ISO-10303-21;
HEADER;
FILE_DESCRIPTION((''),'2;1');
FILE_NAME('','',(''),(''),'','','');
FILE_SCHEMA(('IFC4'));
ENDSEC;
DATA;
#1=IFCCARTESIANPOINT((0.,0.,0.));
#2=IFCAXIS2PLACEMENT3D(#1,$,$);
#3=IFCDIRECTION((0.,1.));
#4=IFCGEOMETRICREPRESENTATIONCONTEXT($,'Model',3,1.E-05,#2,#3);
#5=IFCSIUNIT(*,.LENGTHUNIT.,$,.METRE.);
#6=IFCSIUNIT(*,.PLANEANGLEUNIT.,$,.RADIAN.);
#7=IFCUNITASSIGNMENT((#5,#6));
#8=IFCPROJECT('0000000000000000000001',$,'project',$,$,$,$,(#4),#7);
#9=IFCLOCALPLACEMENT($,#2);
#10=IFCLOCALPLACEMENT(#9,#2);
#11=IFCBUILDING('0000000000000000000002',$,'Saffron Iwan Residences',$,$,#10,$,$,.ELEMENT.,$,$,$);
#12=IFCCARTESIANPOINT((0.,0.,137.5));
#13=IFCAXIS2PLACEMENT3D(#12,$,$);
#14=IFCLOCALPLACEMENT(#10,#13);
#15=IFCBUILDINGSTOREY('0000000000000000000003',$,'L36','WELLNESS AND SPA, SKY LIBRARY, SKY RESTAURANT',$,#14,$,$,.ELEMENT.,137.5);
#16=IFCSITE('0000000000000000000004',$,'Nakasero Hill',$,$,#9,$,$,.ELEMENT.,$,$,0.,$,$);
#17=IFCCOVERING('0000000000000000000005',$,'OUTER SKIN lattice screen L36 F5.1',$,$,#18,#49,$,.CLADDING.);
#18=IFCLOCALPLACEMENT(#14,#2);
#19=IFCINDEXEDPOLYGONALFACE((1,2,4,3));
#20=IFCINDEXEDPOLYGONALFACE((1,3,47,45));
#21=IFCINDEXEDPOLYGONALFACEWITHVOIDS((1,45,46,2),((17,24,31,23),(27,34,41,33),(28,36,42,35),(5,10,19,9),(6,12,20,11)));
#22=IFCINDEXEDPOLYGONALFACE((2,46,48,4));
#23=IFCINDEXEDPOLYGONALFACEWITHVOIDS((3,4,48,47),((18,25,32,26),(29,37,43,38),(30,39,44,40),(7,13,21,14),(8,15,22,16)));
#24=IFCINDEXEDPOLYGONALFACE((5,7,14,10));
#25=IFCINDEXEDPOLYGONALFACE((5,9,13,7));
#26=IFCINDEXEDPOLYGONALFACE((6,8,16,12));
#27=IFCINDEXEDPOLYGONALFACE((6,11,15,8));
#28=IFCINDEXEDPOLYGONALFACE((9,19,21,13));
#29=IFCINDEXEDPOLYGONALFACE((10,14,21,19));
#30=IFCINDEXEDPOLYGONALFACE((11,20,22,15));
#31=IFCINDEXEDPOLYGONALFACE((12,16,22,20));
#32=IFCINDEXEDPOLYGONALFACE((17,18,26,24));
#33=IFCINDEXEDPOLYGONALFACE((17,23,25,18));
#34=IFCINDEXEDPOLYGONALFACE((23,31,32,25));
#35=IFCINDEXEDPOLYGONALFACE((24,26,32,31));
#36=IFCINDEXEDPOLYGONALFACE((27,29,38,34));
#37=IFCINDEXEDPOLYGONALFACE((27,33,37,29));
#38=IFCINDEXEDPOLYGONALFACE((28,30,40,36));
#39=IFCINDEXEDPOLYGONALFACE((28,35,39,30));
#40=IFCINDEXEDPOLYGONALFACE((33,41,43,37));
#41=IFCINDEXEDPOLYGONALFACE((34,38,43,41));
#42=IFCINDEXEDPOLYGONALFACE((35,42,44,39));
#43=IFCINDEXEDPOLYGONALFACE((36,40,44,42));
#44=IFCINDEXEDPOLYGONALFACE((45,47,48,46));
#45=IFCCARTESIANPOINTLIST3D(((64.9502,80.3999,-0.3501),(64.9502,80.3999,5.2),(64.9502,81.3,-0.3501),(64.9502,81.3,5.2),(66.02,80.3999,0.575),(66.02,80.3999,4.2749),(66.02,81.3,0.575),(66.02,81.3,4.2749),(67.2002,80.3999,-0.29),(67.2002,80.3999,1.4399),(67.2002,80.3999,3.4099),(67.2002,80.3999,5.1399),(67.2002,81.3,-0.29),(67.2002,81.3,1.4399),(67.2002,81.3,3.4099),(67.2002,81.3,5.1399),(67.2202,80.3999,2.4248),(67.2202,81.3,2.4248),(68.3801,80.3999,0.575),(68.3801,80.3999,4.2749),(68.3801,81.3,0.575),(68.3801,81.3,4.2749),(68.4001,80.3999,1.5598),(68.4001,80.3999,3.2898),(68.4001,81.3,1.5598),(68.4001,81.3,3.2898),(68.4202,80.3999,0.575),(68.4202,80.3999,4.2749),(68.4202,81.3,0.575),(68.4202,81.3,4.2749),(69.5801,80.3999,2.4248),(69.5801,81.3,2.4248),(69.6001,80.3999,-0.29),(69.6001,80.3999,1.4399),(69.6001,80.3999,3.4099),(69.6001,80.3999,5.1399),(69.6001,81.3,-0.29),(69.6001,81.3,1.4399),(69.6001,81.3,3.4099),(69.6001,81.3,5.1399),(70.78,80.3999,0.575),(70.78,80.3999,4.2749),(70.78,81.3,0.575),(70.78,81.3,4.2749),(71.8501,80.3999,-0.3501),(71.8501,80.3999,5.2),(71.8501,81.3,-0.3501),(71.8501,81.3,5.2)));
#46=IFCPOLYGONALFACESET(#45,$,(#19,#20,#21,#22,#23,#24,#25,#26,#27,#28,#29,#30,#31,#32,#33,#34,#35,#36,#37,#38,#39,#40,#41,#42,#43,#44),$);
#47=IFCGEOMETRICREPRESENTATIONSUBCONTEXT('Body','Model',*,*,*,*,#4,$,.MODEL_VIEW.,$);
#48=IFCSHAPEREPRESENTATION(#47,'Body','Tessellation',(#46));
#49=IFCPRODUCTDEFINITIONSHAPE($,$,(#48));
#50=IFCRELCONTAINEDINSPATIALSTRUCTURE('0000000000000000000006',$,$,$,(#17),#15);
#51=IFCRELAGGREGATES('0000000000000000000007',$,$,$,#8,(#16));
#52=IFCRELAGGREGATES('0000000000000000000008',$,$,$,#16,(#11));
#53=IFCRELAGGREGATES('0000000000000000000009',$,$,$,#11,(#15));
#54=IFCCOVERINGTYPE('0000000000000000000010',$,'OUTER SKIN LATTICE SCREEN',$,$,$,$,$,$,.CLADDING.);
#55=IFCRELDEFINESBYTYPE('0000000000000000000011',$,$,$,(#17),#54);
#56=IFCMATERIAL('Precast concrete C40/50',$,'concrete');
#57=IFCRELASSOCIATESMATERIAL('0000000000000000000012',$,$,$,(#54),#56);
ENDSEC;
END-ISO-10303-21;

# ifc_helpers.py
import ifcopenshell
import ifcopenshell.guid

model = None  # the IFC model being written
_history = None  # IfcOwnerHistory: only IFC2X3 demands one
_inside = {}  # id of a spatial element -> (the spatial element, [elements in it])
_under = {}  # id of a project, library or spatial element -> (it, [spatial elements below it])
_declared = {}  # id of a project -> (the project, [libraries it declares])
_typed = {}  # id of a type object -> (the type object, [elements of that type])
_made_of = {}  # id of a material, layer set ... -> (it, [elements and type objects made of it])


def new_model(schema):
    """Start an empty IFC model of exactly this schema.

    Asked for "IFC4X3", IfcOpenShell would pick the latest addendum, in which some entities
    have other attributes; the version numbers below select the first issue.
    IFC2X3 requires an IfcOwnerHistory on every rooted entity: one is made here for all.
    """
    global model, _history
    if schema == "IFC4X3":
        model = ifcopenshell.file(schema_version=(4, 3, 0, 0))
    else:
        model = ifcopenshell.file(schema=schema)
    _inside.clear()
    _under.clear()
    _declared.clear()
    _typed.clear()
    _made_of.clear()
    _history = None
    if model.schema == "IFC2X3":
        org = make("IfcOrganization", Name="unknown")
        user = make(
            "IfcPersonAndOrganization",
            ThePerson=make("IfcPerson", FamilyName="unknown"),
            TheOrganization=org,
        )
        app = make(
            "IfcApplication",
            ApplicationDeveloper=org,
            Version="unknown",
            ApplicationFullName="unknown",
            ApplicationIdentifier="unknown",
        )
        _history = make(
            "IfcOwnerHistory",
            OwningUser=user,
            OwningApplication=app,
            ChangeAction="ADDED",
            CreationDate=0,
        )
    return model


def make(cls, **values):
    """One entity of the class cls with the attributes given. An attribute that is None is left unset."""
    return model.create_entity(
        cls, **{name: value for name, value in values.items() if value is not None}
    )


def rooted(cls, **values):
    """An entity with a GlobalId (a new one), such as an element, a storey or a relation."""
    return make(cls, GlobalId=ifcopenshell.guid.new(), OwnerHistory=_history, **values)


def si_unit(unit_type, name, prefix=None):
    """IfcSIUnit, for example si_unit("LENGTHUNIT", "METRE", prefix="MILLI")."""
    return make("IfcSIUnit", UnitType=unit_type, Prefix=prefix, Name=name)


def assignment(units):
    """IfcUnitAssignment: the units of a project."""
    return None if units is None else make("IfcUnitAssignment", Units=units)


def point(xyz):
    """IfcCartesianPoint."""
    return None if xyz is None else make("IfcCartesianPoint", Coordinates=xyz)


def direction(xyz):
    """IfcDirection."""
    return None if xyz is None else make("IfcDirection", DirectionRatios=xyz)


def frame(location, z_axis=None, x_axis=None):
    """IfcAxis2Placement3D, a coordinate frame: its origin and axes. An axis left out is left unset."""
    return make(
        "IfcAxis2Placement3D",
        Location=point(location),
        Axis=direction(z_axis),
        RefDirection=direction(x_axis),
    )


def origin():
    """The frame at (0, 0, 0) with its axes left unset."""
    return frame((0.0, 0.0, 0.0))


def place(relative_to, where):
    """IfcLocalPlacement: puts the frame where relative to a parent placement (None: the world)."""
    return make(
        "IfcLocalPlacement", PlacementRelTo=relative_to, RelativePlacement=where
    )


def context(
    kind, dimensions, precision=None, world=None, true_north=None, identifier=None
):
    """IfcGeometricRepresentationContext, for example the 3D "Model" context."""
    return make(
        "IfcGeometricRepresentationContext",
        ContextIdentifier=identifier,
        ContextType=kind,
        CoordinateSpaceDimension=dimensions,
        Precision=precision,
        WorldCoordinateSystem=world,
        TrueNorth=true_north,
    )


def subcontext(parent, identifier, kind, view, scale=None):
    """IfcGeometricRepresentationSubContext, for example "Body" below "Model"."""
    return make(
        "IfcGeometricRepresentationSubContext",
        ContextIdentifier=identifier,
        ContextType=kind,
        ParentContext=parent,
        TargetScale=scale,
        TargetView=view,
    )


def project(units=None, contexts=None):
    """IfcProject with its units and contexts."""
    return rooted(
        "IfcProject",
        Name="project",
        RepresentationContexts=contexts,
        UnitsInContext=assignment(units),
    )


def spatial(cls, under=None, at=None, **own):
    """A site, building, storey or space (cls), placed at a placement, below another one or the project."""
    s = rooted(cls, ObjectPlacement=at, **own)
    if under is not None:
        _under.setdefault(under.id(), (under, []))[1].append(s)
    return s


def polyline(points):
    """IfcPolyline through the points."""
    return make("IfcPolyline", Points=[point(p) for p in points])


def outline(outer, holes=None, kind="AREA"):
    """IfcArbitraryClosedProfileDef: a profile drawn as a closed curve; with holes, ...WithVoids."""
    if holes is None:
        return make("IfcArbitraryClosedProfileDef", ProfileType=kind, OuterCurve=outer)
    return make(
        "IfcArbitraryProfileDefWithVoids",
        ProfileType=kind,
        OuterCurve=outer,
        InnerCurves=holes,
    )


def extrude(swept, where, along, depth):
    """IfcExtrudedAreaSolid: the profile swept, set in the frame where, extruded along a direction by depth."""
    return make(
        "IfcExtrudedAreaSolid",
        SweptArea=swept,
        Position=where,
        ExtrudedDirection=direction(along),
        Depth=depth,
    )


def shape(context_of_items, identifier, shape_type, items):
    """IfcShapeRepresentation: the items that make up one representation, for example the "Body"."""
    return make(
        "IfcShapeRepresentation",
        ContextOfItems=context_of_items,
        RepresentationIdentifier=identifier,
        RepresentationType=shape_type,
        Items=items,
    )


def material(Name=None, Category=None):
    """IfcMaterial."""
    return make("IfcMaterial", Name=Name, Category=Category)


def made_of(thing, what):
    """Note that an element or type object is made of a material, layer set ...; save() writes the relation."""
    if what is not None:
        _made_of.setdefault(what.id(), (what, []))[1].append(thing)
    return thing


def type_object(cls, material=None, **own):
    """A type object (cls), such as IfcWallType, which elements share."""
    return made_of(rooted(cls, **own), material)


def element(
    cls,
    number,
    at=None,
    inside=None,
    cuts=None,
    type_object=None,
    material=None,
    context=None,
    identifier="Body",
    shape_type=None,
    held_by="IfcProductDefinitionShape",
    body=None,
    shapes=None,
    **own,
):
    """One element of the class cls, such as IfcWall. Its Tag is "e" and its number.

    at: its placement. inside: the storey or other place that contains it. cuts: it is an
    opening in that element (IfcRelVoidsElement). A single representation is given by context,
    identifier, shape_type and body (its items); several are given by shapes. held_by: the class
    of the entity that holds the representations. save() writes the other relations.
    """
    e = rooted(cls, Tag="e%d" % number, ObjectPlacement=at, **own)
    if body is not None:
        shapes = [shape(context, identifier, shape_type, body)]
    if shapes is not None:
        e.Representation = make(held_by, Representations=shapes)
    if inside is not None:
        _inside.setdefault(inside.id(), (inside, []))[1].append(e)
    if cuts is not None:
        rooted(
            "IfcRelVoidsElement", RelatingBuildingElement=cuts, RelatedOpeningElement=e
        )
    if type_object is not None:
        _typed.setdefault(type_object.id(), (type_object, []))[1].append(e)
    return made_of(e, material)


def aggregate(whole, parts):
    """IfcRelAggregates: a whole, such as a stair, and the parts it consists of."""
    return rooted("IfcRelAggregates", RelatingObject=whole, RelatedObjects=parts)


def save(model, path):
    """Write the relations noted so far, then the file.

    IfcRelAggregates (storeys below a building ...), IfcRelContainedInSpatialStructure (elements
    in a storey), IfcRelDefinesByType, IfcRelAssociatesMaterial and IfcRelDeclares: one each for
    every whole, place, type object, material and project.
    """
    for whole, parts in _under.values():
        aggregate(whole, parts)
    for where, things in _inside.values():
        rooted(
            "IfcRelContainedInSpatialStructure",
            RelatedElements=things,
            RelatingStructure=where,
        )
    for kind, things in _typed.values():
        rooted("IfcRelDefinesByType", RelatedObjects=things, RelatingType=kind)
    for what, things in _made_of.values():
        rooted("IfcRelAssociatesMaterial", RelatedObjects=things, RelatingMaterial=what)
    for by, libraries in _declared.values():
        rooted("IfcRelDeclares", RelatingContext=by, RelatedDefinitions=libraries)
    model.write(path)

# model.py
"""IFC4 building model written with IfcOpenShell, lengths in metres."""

from ifc_helpers import new_model, si_unit, direction, frame, origin, place, context, subcontext, project, spatial, polyline, outline, extrude, material, type_object, element, save


model = new_model("IFC4")

# Units and contexts
model_context = context("Model", 3, precision=1e-05, world=origin(), true_north=direction((0.0, 1.0)))
body_context = subcontext(model_context, "Body", "Model", "MODEL_VIEW")
ifc_project = project(units=[si_unit("LENGTHUNIT", "METRE"), si_unit("PLANEANGLEUNIT", "RADIAN")], contexts=[model_context])

# Site, building, storey
site_placement = place(None, origin())
site = spatial("IfcSite", under=ifc_project, at=site_placement, Name="Nakasero Hill", CompositionType="ELEMENT", RefElevation=0.0)
building_placement = place(site_placement, origin())
building = spatial("IfcBuilding", under=site, at=building_placement, Name="Saffron Iwan Residences", CompositionType="ELEMENT")
storey_placement = place(building_placement, frame((0.0, 0.0, 137.5)))
storey = spatial("IfcBuildingStorey", under=building, at=storey_placement, Name="L36", Description="WELLNESS AND SPA, SKY LIBRARY, SKY RESTAURANT", CompositionType="ELEMENT", Elevation=137.5)

# Covering
ifc_material_1 = material(Name="Precast concrete C40/50", Category="concrete")
covering_type = type_object("IfcCoveringType", Name="OUTER SKIN LATTICE SCREEN", PredefinedType="CLADDING", material=ifc_material_1)
covering_placement = place(storey_placement, frame((71.8501, 80.3999, -0.3501), z_axis=(0.0, 1.0, 0.0), x_axis=(-1.0, 0.0, 0.0)))
element("IfcCovering", 1, at=covering_placement, inside=storey, type_object=covering_type, Name="OUTER SKIN lattice screen L36 F5.1", PredefinedType="CLADDING", context=body_context, shape_type="SweptSolid", body=[
    extrude(outline(polyline([(0.0, 0.0), (6.8999, 0.0), (6.8999, 5.55), (0.0, 5.55), (0.0, 0.0)]), holes=[polyline([(1.0701, 0.925), (2.25, 0.0601), (3.4299, 0.925), (2.25, 1.79), (1.0701, 0.925)]), polyline([(3.47, 0.925), (4.6499, 0.0601), (5.8301, 0.925), (4.6499, 1.79), (3.47, 0.925)]), polyline([(2.27, 2.7749), (3.45, 1.9099), (4.6299, 2.7749), (3.45, 3.6399), (2.27, 2.7749)]), polyline([(1.0701, 4.625), (2.25, 3.76), (3.4299, 4.625), (2.25, 5.49), (1.0701, 4.625)]), polyline([(3.47, 4.625), (4.6499, 3.76), (5.8301, 4.625), (4.6499, 5.49), (3.47, 4.625)])]), origin(), (0.0, 0.0, 1.0), 0.9001),
])

save(model, "model.ifc")
